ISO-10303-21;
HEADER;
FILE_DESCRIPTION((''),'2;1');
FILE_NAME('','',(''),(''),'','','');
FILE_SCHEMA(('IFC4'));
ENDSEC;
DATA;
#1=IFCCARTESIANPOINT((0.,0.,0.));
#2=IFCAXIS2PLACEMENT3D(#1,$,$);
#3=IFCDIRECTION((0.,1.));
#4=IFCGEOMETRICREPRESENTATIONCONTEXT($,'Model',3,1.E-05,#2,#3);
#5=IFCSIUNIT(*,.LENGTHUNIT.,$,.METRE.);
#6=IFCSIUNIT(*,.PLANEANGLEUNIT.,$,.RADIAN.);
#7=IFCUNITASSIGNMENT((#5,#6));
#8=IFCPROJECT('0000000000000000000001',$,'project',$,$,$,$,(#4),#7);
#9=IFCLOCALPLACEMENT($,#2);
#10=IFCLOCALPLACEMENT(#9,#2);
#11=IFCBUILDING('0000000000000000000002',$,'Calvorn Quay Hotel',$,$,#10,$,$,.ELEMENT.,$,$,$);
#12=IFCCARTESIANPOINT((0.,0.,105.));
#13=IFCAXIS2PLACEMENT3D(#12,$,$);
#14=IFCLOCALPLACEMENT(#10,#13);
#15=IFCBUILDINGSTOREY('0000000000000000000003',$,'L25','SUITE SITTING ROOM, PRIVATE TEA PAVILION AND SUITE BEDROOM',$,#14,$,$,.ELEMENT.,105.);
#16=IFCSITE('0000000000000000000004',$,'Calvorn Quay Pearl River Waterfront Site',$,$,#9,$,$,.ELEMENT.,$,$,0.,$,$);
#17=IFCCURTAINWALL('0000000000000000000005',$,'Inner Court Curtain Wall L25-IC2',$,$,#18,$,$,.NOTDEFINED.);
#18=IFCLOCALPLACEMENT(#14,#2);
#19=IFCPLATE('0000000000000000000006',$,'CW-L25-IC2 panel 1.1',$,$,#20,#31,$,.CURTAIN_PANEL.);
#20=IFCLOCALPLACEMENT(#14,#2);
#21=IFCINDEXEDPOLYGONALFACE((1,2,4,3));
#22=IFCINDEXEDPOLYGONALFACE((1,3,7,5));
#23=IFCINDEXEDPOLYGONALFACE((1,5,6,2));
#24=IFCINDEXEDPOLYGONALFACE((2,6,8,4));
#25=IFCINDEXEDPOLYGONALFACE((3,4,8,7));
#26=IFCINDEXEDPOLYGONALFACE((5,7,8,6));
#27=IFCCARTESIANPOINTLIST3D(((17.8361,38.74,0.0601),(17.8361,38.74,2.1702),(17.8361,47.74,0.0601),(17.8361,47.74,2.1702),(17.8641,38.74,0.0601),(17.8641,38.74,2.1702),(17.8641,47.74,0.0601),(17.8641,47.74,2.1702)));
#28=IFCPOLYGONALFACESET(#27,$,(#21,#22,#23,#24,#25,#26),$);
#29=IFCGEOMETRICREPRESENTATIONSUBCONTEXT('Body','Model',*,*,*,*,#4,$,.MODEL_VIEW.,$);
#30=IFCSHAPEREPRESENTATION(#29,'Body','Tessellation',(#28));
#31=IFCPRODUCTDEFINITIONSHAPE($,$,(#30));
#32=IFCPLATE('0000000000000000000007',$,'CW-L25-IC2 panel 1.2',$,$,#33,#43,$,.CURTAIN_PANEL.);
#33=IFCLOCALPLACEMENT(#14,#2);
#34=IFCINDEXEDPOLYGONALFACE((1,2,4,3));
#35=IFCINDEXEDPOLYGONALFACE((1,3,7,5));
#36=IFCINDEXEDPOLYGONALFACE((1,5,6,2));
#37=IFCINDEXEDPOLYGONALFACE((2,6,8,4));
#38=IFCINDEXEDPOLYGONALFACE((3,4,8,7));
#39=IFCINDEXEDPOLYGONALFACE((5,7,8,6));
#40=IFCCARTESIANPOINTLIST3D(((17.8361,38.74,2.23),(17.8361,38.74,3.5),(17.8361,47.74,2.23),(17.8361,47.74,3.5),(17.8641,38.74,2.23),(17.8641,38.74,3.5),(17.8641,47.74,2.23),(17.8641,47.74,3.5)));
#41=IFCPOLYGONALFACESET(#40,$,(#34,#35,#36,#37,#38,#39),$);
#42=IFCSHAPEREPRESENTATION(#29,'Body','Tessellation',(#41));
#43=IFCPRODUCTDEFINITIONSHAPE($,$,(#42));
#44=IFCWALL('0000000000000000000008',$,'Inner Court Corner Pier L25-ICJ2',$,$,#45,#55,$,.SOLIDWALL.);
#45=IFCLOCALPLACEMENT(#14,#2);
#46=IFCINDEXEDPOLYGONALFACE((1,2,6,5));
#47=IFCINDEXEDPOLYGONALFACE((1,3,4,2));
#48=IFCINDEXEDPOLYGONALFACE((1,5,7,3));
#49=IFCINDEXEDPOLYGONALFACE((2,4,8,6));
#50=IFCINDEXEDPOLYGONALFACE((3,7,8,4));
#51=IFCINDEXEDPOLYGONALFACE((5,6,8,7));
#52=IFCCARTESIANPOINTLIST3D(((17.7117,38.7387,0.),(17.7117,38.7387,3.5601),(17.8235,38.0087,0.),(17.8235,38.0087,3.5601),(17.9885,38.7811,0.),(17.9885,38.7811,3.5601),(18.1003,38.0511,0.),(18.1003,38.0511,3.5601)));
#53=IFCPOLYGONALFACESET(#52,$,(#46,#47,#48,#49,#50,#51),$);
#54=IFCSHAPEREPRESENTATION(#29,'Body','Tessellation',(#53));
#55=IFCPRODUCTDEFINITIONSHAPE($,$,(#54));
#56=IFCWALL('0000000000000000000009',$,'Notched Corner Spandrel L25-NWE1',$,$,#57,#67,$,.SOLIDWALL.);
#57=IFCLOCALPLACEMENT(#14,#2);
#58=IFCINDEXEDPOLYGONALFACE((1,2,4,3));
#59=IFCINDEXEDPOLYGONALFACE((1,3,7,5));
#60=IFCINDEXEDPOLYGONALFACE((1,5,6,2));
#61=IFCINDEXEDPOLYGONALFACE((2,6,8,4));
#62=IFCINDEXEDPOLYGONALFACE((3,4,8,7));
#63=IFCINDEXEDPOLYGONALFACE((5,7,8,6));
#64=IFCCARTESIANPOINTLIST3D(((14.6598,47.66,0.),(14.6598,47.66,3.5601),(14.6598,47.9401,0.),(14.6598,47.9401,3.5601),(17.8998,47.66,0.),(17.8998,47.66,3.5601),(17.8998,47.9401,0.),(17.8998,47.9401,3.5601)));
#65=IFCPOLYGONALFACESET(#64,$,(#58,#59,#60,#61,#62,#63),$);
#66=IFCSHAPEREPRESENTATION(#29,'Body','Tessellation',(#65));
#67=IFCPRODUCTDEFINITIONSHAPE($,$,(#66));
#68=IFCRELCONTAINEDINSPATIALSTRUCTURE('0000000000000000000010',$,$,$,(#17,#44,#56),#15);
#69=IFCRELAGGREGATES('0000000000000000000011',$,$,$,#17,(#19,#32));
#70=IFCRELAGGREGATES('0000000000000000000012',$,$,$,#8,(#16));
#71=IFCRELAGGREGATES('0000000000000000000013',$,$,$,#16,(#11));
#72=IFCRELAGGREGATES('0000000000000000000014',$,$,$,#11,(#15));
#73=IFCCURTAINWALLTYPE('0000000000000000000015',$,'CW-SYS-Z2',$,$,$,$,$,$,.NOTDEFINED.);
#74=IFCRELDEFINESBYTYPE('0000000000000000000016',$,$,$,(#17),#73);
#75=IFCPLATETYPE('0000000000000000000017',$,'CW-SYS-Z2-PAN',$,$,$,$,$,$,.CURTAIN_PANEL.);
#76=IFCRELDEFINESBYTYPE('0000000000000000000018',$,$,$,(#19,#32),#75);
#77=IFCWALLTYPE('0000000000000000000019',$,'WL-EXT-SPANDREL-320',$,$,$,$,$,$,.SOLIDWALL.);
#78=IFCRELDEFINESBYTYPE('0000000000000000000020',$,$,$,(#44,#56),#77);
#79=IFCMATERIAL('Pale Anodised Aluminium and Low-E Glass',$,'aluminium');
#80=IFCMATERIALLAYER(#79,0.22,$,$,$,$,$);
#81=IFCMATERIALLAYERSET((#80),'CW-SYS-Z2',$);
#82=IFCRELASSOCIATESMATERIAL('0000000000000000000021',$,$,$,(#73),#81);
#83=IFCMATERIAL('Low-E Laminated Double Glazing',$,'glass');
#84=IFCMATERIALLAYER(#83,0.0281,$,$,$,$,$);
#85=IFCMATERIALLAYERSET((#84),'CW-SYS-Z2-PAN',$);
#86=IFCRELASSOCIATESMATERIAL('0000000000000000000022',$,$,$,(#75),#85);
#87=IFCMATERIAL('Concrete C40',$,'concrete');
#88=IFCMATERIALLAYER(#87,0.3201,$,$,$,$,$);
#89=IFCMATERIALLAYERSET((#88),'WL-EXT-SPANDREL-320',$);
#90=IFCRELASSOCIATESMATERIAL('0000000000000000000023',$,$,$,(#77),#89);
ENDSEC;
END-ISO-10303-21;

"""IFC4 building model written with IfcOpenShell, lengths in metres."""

from ifc_helpers import new_model, si_unit, direction, frame, frame_2d, origin, origin_2d, place, context, subcontext, project, spatial, rectangle, extrude, material, layer, layer_set, type_object, element, aggregate, save


model = new_model("IFC4")

# Units and contexts
model_context = context("Model", 3, precision=1e-05, world=origin(), true_north=direction((0.0, 1.0)))
body_context = subcontext(model_context, "Body", "Model", "MODEL_VIEW")
ifc_project = project(units=[si_unit("LENGTHUNIT", "METRE"), si_unit("PLANEANGLEUNIT", "RADIAN")], contexts=[model_context])

# Site, building, storey
site_placement = place(None, origin())
site = spatial("IfcSite", under=ifc_project, at=site_placement, Name="Calvorn Quay Pearl River Waterfront Site", CompositionType="ELEMENT", RefElevation=0.0)
building_placement = place(site_placement, origin())
building = spatial("IfcBuilding", under=site, at=building_placement, Name="Calvorn Quay Hotel", CompositionType="ELEMENT")
storey_placement = place(building_placement, frame((0.0, 0.0, 105.0)))
storey = spatial("IfcBuildingStorey", under=building, at=storey_placement, Name="L25", Description="SUITE SITTING ROOM, PRIVATE TEA PAVILION AND SUITE BEDROOM", CompositionType="ELEMENT", Elevation=105.0)

# Shared definitions
ifc_material_1 = material(Name="Pale Anodised Aluminium and Low-E Glass", Category="aluminium")
ifc_layer_1 = layer(ifc_material_1, 0.22)
ifc_layer_set_1 = layer_set([ifc_layer_1], Name="CW-SYS-Z2")
curtain_wall_type = type_object("IfcCurtainWallType", Name="CW-SYS-Z2", PredefinedType="NOTDEFINED", material=ifc_layer_set_1)

# Curtain wall
curtain_wall_1_placement = place(storey_placement, origin())
curtain_wall_1 = element("IfcCurtainWall", 1, at=curtain_wall_1_placement, inside=storey, type_object=curtain_wall_type, Name="Inner Court Curtain Wall L25-IC2", PredefinedType="NOTDEFINED")

# Plates
ifc_material_2 = material(Name="Low-E Laminated Double Glazing", Category="glass")
ifc_layer_2 = layer(ifc_material_2, 0.0281)
ifc_layer_set_2 = layer_set([ifc_layer_2], Name="CW-SYS-Z2-PAN")
plate_type = type_object("IfcPlateType", Name="CW-SYS-Z2-PAN", PredefinedType="CURTAIN_PANEL", material=ifc_layer_set_2)
plate_1_placement = place(storey_placement, frame((17.8501, 43.24, 0.0601), z_axis=(0.0, 0.0, 1.0), x_axis=(0.0, 1.0, 0.0)))
plate_1 = element("IfcPlate", 2, at=plate_1_placement, type_object=plate_type, Name="CW-L25-IC2 panel 1.1", PredefinedType="CURTAIN_PANEL", context=body_context, shape_type="SweptSolid", body=[
    extrude(rectangle(XDim=9.0, YDim=0.0281, at=origin_2d()), origin(), (0.0, 0.0, 1.0), 2.1101),
])
plate_2_placement = place(storey_placement, frame((17.8501, 43.24, 2.23), z_axis=(0.0, 0.0, 1.0), x_axis=(0.0, 1.0, 0.0)))
plate_2 = element("IfcPlate", 3, at=plate_2_placement, type_object=plate_type, Name="CW-L25-IC2 panel 1.2", PredefinedType="CURTAIN_PANEL", context=body_context, shape_type="SweptSolid", body=[
    extrude(rectangle(XDim=9.0, YDim=0.0281, at=origin_2d()), origin(), (0.0, 0.0, 1.0), 1.27),
])
aggregate(curtain_wall_1, [plate_1, plate_2])

# Walls
ifc_material_3 = material(Name="Concrete C40", Category="concrete")
ifc_layer_3 = layer(ifc_material_3, 0.3201)
ifc_layer_set_3 = layer_set([ifc_layer_3], Name="WL-EXT-SPANDREL-320")
wall_type = type_object("IfcWallType", Name="WL-EXT-SPANDREL-320", PredefinedType="SOLIDWALL", material=ifc_layer_set_3)
wall_1_placement = place(storey_placement, frame((17.9619, 38.03, 0.0), z_axis=(0.0, 0.0, 1.0), x_axis=(-0.151411, 0.988471, 0.0)))
element("IfcWall", 4, at=wall_1_placement, inside=storey, type_object=wall_type, Name="Inner Court Corner Pier L25-ICJ2", PredefinedType="SOLIDWALL", context=body_context, shape_type="SweptSolid", body=[
    extrude(rectangle(XDim=0.7385, YDim=0.28, at=frame_2d((0.3691, 0.0))), origin(), (0.0, 0.0, 1.0), 3.5601),
])
wall_2_placement = place(storey_placement, frame((17.8999, 47.8, 0.0), z_axis=(0.0, 0.0, 1.0), x_axis=(-1.0, 0.0, 0.0)))
element("IfcWall", 5, at=wall_2_placement, inside=storey, type_object=wall_type, Name="Notched Corner Spandrel L25-NWE1", PredefinedType="SOLIDWALL", context=body_context, shape_type="SweptSolid", body=[
    extrude(rectangle(XDim=3.24, YDim=0.28, at=frame_2d((1.6201, 0.0))), origin(), (0.0, 0.0, 1.0), 3.5601),
])

save(model, "model.ifc")
